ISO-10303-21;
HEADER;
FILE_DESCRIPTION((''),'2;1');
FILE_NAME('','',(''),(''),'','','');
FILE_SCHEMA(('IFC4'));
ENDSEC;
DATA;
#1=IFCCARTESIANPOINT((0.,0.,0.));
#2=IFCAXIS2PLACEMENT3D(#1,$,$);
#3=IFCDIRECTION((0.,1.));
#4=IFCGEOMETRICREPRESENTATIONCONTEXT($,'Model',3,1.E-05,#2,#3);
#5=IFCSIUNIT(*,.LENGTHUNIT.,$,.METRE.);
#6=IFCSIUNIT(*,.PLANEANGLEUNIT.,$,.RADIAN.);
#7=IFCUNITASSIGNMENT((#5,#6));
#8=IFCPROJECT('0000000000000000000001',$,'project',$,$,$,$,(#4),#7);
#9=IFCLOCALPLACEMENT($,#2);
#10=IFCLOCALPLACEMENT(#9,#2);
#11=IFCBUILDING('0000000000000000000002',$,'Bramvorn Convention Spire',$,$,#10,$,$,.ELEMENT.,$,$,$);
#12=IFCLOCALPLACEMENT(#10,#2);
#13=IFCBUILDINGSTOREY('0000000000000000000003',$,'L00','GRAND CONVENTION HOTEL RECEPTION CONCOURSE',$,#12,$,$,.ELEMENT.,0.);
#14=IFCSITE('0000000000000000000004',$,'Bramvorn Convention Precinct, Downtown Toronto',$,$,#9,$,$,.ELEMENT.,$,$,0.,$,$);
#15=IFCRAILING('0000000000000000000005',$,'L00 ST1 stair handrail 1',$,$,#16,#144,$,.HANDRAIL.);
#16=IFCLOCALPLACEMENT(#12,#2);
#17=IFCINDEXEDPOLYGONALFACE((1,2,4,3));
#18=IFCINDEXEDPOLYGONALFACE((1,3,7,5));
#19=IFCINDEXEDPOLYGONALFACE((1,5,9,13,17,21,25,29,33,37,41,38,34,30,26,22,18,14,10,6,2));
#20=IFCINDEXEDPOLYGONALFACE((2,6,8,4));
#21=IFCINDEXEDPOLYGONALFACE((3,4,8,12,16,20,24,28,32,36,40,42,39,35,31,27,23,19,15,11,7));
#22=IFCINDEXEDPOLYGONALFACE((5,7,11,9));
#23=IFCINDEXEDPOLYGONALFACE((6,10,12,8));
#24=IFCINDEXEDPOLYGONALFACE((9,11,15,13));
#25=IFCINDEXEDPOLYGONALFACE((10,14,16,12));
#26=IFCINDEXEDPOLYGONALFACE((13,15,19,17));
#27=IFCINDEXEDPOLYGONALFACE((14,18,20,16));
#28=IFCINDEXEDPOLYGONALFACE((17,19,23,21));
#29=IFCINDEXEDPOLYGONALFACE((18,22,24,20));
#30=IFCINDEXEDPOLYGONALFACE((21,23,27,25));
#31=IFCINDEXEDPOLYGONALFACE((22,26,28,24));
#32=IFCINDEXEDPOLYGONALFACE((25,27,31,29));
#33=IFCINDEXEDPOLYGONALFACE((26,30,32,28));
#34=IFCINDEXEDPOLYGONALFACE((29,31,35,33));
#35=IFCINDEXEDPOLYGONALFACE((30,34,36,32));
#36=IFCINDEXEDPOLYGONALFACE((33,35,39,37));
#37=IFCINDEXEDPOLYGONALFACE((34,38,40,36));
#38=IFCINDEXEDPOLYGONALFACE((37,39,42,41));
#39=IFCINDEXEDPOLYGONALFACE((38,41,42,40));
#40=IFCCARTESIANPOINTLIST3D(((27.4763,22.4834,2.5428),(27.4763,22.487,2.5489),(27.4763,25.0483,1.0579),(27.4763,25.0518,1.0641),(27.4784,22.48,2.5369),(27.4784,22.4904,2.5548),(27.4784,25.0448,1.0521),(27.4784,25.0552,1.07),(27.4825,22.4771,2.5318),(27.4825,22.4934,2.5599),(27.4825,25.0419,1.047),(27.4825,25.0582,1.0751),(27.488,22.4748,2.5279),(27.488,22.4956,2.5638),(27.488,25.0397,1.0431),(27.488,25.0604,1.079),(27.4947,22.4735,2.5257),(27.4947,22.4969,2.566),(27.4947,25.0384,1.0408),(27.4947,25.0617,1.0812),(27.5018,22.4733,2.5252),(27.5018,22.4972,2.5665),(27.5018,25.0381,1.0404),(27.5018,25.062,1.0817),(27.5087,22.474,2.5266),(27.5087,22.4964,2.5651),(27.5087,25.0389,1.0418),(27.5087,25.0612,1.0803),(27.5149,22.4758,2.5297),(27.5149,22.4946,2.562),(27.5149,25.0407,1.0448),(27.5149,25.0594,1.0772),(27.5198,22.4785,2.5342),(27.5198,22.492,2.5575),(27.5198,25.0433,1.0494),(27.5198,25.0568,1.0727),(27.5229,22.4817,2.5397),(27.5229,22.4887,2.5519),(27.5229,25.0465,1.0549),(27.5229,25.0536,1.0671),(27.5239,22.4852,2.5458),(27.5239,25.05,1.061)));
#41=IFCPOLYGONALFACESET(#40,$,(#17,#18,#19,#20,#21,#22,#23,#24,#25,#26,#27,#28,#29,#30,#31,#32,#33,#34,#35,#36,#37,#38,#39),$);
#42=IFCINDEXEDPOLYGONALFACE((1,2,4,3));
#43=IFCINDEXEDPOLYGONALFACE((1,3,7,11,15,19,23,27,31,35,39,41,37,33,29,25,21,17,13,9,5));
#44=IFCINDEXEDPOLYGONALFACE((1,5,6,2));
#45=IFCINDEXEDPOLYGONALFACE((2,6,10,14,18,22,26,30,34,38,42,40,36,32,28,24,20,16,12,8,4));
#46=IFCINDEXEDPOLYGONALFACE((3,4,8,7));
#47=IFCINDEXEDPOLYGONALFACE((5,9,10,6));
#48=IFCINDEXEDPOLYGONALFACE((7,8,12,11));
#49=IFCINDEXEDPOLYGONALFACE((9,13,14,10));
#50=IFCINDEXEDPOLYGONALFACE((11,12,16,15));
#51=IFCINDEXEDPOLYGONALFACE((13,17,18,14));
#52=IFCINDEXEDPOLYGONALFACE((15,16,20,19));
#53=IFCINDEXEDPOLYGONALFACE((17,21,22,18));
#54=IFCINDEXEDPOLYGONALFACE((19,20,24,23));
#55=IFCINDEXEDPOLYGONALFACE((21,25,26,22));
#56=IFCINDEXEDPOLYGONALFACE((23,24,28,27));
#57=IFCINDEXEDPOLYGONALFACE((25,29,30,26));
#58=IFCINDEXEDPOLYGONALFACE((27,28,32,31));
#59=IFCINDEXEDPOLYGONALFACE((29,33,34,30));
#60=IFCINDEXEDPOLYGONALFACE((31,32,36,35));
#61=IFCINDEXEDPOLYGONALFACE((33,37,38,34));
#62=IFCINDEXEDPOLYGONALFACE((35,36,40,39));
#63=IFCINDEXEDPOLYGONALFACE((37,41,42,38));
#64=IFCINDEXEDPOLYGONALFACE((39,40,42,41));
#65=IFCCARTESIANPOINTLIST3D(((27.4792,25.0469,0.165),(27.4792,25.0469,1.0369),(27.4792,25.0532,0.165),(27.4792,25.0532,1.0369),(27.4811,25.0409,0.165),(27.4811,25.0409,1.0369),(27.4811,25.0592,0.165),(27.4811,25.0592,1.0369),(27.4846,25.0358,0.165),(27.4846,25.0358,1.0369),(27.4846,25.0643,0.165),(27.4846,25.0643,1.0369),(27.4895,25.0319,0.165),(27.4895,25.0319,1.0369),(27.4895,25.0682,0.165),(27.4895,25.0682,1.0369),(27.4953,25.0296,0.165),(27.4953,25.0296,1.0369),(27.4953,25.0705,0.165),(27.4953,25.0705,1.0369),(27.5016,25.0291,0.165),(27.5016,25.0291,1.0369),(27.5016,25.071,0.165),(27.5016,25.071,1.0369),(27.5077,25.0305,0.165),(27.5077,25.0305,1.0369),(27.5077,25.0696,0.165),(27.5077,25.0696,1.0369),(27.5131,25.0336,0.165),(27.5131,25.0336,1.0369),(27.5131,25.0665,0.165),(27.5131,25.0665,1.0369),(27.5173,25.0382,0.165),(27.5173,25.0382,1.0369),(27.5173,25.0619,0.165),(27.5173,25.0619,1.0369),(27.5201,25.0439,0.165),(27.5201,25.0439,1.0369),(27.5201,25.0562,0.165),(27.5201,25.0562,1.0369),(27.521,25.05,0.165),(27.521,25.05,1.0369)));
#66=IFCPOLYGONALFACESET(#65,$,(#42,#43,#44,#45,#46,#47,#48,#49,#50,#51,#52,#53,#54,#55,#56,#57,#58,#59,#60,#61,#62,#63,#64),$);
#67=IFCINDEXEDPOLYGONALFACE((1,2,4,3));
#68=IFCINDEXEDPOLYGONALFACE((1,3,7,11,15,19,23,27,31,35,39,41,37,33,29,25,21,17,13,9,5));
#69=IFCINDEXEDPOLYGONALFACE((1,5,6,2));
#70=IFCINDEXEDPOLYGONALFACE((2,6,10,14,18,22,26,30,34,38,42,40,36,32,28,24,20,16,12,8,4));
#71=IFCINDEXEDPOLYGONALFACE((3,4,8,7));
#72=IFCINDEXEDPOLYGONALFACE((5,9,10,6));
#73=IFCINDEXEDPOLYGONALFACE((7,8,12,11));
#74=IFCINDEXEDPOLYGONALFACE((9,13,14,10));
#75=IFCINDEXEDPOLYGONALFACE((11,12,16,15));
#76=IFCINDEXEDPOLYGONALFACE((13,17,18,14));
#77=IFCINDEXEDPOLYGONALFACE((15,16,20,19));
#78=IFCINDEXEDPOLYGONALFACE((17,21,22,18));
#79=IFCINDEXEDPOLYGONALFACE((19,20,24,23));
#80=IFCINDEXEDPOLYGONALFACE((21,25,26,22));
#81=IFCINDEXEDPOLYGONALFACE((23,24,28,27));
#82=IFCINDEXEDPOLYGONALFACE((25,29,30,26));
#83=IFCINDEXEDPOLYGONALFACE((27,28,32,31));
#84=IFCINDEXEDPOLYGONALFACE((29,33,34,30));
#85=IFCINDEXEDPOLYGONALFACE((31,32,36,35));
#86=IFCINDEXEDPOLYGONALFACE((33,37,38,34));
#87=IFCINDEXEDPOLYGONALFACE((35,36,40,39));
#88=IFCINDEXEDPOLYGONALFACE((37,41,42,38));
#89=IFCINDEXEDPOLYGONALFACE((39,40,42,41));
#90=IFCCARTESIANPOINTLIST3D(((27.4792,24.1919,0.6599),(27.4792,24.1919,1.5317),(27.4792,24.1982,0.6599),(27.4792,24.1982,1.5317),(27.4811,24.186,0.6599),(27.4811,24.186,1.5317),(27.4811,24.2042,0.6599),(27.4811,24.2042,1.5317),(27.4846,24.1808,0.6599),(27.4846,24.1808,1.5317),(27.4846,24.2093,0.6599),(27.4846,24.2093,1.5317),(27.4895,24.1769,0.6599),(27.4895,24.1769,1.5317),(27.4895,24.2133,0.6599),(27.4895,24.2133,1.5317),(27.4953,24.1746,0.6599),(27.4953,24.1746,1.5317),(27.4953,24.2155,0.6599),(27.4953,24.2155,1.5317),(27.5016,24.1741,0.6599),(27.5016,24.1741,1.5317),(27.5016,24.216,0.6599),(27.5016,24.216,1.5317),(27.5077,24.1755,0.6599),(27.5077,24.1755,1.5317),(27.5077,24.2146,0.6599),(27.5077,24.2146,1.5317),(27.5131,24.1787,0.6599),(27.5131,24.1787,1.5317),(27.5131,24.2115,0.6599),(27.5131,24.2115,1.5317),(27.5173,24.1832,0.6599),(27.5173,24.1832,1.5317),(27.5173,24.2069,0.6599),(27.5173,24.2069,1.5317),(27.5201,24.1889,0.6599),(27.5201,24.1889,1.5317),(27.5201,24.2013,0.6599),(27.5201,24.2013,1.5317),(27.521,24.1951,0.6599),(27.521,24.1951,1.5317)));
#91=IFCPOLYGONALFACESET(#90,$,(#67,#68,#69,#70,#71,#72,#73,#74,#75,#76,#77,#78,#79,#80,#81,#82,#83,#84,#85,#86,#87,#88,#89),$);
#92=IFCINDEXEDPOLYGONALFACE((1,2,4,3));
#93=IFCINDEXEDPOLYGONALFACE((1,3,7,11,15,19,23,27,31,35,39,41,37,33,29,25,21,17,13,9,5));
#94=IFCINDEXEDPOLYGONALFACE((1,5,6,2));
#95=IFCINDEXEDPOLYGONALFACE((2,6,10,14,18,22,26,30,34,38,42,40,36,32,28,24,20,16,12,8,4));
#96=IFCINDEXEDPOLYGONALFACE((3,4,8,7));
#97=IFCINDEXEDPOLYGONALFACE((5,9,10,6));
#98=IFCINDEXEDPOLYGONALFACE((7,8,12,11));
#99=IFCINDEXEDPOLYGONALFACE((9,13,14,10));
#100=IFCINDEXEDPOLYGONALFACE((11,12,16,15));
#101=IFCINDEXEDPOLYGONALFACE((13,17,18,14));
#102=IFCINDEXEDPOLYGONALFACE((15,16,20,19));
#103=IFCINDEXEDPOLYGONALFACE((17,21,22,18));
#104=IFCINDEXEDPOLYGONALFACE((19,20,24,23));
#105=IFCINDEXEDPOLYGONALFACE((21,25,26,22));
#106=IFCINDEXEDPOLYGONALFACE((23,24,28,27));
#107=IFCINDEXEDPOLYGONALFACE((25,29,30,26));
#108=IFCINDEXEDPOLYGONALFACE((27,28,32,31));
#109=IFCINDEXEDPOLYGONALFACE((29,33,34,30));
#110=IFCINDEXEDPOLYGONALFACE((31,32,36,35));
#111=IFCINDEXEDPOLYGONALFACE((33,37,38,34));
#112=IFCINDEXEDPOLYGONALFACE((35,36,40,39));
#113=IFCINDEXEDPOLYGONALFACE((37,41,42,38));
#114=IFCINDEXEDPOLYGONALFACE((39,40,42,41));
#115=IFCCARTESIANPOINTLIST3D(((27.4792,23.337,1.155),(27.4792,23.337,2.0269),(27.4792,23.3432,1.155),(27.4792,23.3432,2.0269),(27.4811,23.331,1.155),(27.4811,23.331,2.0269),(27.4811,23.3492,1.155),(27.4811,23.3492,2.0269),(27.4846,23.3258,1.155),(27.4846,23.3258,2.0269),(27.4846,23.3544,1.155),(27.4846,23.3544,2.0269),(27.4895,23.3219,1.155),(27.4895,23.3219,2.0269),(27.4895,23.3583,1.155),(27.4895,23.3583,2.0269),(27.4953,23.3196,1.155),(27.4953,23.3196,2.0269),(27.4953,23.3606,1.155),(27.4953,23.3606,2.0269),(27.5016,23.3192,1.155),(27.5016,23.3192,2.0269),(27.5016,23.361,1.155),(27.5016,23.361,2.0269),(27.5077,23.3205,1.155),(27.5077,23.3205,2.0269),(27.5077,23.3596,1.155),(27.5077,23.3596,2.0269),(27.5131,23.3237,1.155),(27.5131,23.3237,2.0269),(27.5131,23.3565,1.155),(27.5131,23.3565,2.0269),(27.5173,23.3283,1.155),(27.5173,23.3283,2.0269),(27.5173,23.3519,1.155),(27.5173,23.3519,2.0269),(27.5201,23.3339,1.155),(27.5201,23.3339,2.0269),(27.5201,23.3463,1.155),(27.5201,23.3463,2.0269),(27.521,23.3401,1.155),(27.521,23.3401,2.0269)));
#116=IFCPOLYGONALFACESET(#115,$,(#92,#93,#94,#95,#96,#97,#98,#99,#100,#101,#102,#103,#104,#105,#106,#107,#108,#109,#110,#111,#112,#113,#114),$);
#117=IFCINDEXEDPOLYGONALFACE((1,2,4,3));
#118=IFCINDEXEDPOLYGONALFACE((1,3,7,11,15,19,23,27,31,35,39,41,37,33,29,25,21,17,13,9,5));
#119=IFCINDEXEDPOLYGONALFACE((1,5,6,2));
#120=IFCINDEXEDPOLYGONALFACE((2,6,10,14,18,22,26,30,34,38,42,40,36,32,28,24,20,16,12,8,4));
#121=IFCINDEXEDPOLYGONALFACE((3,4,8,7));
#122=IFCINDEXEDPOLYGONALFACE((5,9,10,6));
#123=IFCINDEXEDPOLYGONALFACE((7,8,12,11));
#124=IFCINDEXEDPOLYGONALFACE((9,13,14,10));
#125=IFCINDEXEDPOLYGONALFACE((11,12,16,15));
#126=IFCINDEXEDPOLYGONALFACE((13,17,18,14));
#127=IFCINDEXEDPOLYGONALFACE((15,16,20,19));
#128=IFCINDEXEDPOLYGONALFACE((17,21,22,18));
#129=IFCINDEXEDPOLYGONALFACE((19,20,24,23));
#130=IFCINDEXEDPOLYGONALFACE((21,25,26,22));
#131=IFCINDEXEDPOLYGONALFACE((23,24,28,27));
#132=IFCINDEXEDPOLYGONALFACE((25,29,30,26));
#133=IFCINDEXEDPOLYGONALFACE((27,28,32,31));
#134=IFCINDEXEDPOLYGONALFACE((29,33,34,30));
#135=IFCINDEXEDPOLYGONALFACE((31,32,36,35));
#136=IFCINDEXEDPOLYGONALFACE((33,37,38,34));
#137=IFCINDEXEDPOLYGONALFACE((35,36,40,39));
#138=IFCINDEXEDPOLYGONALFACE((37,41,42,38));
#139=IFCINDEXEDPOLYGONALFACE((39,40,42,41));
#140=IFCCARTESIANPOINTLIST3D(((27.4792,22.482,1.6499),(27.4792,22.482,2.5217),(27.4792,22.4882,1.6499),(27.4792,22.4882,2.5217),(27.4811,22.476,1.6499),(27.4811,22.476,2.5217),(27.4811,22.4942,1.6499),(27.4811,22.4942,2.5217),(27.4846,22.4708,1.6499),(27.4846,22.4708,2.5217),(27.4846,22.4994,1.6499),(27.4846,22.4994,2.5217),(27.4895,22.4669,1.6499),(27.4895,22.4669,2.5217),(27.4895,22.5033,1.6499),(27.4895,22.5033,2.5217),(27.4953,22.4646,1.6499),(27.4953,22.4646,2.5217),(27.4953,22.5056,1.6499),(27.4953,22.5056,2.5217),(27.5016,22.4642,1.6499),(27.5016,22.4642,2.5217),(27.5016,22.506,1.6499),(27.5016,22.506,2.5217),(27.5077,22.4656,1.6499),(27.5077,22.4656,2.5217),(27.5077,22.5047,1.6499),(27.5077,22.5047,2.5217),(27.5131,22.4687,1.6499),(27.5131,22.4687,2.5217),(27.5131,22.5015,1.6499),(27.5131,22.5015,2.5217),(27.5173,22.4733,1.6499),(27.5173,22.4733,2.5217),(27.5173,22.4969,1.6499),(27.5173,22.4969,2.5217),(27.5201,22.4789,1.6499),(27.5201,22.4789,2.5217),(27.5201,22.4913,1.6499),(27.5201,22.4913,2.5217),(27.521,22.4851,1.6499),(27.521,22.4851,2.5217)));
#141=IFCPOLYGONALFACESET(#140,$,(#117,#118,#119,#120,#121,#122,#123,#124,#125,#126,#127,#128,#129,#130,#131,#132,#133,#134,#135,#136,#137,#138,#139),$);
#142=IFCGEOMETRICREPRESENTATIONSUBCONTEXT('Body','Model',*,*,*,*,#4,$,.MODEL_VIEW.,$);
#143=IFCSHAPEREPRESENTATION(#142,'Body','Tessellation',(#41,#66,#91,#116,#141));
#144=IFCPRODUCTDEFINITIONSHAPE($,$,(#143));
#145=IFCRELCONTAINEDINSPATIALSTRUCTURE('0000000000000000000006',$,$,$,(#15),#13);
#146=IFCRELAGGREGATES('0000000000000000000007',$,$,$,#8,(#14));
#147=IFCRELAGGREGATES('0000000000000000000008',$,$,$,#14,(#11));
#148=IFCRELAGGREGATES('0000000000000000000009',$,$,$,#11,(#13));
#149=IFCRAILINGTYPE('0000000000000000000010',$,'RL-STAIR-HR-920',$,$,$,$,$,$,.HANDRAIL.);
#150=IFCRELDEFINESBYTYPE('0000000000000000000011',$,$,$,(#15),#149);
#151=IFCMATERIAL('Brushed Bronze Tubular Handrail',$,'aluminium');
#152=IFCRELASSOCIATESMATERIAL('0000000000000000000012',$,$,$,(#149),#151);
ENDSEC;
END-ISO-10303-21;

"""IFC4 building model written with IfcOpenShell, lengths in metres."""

from ifc_helpers import new_model, si_unit, direction, frame, origin, origin_2d, place, context, subcontext, project, spatial, circle, extrude, material, type_object, element, save


model = new_model("IFC4")

# Units and contexts
model_context = context("Model", 3, precision=1e-05, world=origin(), true_north=direction((0.0, 1.0)))
body_context = subcontext(model_context, "Body", "Model", "MODEL_VIEW")
ifc_project = project(units=[si_unit("LENGTHUNIT", "METRE"), si_unit("PLANEANGLEUNIT", "RADIAN")], contexts=[model_context])

# Site, building, storey
site_placement = place(None, origin())
site = spatial("IfcSite", under=ifc_project, at=site_placement, Name="Bramvorn Convention Precinct, Downtown Toronto", CompositionType="ELEMENT", RefElevation=0.0)
building_placement = place(site_placement, origin())
building = spatial("IfcBuilding", under=site, at=building_placement, Name="Bramvorn Convention Spire", CompositionType="ELEMENT")
storey_placement = place(building_placement, origin())
storey = spatial("IfcBuildingStorey", under=building, at=storey_placement, Name="L00", Description="GRAND CONVENTION HOTEL RECEPTION CONCOURSE", CompositionType="ELEMENT", Elevation=0.0)

# Railing
ifc_material_1 = material(Name="Brushed Bronze Tubular Handrail", Category="aluminium")
railing_type_1 = type_object("IfcRailingType", Name="RL-STAIR-HR-920", PredefinedType="HANDRAIL", material=ifc_material_1)
railing_1_placement = place(storey_placement, frame((27.5, 25.05, 0.165)))
element("IfcRailing", 1, at=railing_1_placement, inside=storey, type_object=railing_type_1, Name="L00 ST1 stair handrail 1", PredefinedType="HANDRAIL", context=body_context, shape_type="SweptSolid", body=[
    extrude(circle(Radius=0.0239, at=origin_2d()), frame((0.0, 0.0, 0.896), z_axis=(0.0, -0.865441, 0.50101), x_axis=(1.0, 0.0, 0.0)), (0.0, 0.0, 1.0), 2.9636),
    extrude(circle(Radius=0.021, at=origin_2d()), origin(), (0.0, 0.0, 1.0), 0.8718),
    extrude(circle(Radius=0.021, at=origin_2d()), frame((0.0, -0.855, 0.4949)), (0.0, 0.0, 1.0), 0.8718),
    extrude(circle(Radius=0.021, at=origin_2d()), frame((0.0, -1.71, 0.99)), (0.0, 0.0, 1.0), 0.8718),
    extrude(circle(Radius=0.021, at=origin_2d()), frame((0.0, -2.5649, 1.4849)), (0.0, 0.0, 1.0), 0.8718),
])

save(model, "model.ifc")
